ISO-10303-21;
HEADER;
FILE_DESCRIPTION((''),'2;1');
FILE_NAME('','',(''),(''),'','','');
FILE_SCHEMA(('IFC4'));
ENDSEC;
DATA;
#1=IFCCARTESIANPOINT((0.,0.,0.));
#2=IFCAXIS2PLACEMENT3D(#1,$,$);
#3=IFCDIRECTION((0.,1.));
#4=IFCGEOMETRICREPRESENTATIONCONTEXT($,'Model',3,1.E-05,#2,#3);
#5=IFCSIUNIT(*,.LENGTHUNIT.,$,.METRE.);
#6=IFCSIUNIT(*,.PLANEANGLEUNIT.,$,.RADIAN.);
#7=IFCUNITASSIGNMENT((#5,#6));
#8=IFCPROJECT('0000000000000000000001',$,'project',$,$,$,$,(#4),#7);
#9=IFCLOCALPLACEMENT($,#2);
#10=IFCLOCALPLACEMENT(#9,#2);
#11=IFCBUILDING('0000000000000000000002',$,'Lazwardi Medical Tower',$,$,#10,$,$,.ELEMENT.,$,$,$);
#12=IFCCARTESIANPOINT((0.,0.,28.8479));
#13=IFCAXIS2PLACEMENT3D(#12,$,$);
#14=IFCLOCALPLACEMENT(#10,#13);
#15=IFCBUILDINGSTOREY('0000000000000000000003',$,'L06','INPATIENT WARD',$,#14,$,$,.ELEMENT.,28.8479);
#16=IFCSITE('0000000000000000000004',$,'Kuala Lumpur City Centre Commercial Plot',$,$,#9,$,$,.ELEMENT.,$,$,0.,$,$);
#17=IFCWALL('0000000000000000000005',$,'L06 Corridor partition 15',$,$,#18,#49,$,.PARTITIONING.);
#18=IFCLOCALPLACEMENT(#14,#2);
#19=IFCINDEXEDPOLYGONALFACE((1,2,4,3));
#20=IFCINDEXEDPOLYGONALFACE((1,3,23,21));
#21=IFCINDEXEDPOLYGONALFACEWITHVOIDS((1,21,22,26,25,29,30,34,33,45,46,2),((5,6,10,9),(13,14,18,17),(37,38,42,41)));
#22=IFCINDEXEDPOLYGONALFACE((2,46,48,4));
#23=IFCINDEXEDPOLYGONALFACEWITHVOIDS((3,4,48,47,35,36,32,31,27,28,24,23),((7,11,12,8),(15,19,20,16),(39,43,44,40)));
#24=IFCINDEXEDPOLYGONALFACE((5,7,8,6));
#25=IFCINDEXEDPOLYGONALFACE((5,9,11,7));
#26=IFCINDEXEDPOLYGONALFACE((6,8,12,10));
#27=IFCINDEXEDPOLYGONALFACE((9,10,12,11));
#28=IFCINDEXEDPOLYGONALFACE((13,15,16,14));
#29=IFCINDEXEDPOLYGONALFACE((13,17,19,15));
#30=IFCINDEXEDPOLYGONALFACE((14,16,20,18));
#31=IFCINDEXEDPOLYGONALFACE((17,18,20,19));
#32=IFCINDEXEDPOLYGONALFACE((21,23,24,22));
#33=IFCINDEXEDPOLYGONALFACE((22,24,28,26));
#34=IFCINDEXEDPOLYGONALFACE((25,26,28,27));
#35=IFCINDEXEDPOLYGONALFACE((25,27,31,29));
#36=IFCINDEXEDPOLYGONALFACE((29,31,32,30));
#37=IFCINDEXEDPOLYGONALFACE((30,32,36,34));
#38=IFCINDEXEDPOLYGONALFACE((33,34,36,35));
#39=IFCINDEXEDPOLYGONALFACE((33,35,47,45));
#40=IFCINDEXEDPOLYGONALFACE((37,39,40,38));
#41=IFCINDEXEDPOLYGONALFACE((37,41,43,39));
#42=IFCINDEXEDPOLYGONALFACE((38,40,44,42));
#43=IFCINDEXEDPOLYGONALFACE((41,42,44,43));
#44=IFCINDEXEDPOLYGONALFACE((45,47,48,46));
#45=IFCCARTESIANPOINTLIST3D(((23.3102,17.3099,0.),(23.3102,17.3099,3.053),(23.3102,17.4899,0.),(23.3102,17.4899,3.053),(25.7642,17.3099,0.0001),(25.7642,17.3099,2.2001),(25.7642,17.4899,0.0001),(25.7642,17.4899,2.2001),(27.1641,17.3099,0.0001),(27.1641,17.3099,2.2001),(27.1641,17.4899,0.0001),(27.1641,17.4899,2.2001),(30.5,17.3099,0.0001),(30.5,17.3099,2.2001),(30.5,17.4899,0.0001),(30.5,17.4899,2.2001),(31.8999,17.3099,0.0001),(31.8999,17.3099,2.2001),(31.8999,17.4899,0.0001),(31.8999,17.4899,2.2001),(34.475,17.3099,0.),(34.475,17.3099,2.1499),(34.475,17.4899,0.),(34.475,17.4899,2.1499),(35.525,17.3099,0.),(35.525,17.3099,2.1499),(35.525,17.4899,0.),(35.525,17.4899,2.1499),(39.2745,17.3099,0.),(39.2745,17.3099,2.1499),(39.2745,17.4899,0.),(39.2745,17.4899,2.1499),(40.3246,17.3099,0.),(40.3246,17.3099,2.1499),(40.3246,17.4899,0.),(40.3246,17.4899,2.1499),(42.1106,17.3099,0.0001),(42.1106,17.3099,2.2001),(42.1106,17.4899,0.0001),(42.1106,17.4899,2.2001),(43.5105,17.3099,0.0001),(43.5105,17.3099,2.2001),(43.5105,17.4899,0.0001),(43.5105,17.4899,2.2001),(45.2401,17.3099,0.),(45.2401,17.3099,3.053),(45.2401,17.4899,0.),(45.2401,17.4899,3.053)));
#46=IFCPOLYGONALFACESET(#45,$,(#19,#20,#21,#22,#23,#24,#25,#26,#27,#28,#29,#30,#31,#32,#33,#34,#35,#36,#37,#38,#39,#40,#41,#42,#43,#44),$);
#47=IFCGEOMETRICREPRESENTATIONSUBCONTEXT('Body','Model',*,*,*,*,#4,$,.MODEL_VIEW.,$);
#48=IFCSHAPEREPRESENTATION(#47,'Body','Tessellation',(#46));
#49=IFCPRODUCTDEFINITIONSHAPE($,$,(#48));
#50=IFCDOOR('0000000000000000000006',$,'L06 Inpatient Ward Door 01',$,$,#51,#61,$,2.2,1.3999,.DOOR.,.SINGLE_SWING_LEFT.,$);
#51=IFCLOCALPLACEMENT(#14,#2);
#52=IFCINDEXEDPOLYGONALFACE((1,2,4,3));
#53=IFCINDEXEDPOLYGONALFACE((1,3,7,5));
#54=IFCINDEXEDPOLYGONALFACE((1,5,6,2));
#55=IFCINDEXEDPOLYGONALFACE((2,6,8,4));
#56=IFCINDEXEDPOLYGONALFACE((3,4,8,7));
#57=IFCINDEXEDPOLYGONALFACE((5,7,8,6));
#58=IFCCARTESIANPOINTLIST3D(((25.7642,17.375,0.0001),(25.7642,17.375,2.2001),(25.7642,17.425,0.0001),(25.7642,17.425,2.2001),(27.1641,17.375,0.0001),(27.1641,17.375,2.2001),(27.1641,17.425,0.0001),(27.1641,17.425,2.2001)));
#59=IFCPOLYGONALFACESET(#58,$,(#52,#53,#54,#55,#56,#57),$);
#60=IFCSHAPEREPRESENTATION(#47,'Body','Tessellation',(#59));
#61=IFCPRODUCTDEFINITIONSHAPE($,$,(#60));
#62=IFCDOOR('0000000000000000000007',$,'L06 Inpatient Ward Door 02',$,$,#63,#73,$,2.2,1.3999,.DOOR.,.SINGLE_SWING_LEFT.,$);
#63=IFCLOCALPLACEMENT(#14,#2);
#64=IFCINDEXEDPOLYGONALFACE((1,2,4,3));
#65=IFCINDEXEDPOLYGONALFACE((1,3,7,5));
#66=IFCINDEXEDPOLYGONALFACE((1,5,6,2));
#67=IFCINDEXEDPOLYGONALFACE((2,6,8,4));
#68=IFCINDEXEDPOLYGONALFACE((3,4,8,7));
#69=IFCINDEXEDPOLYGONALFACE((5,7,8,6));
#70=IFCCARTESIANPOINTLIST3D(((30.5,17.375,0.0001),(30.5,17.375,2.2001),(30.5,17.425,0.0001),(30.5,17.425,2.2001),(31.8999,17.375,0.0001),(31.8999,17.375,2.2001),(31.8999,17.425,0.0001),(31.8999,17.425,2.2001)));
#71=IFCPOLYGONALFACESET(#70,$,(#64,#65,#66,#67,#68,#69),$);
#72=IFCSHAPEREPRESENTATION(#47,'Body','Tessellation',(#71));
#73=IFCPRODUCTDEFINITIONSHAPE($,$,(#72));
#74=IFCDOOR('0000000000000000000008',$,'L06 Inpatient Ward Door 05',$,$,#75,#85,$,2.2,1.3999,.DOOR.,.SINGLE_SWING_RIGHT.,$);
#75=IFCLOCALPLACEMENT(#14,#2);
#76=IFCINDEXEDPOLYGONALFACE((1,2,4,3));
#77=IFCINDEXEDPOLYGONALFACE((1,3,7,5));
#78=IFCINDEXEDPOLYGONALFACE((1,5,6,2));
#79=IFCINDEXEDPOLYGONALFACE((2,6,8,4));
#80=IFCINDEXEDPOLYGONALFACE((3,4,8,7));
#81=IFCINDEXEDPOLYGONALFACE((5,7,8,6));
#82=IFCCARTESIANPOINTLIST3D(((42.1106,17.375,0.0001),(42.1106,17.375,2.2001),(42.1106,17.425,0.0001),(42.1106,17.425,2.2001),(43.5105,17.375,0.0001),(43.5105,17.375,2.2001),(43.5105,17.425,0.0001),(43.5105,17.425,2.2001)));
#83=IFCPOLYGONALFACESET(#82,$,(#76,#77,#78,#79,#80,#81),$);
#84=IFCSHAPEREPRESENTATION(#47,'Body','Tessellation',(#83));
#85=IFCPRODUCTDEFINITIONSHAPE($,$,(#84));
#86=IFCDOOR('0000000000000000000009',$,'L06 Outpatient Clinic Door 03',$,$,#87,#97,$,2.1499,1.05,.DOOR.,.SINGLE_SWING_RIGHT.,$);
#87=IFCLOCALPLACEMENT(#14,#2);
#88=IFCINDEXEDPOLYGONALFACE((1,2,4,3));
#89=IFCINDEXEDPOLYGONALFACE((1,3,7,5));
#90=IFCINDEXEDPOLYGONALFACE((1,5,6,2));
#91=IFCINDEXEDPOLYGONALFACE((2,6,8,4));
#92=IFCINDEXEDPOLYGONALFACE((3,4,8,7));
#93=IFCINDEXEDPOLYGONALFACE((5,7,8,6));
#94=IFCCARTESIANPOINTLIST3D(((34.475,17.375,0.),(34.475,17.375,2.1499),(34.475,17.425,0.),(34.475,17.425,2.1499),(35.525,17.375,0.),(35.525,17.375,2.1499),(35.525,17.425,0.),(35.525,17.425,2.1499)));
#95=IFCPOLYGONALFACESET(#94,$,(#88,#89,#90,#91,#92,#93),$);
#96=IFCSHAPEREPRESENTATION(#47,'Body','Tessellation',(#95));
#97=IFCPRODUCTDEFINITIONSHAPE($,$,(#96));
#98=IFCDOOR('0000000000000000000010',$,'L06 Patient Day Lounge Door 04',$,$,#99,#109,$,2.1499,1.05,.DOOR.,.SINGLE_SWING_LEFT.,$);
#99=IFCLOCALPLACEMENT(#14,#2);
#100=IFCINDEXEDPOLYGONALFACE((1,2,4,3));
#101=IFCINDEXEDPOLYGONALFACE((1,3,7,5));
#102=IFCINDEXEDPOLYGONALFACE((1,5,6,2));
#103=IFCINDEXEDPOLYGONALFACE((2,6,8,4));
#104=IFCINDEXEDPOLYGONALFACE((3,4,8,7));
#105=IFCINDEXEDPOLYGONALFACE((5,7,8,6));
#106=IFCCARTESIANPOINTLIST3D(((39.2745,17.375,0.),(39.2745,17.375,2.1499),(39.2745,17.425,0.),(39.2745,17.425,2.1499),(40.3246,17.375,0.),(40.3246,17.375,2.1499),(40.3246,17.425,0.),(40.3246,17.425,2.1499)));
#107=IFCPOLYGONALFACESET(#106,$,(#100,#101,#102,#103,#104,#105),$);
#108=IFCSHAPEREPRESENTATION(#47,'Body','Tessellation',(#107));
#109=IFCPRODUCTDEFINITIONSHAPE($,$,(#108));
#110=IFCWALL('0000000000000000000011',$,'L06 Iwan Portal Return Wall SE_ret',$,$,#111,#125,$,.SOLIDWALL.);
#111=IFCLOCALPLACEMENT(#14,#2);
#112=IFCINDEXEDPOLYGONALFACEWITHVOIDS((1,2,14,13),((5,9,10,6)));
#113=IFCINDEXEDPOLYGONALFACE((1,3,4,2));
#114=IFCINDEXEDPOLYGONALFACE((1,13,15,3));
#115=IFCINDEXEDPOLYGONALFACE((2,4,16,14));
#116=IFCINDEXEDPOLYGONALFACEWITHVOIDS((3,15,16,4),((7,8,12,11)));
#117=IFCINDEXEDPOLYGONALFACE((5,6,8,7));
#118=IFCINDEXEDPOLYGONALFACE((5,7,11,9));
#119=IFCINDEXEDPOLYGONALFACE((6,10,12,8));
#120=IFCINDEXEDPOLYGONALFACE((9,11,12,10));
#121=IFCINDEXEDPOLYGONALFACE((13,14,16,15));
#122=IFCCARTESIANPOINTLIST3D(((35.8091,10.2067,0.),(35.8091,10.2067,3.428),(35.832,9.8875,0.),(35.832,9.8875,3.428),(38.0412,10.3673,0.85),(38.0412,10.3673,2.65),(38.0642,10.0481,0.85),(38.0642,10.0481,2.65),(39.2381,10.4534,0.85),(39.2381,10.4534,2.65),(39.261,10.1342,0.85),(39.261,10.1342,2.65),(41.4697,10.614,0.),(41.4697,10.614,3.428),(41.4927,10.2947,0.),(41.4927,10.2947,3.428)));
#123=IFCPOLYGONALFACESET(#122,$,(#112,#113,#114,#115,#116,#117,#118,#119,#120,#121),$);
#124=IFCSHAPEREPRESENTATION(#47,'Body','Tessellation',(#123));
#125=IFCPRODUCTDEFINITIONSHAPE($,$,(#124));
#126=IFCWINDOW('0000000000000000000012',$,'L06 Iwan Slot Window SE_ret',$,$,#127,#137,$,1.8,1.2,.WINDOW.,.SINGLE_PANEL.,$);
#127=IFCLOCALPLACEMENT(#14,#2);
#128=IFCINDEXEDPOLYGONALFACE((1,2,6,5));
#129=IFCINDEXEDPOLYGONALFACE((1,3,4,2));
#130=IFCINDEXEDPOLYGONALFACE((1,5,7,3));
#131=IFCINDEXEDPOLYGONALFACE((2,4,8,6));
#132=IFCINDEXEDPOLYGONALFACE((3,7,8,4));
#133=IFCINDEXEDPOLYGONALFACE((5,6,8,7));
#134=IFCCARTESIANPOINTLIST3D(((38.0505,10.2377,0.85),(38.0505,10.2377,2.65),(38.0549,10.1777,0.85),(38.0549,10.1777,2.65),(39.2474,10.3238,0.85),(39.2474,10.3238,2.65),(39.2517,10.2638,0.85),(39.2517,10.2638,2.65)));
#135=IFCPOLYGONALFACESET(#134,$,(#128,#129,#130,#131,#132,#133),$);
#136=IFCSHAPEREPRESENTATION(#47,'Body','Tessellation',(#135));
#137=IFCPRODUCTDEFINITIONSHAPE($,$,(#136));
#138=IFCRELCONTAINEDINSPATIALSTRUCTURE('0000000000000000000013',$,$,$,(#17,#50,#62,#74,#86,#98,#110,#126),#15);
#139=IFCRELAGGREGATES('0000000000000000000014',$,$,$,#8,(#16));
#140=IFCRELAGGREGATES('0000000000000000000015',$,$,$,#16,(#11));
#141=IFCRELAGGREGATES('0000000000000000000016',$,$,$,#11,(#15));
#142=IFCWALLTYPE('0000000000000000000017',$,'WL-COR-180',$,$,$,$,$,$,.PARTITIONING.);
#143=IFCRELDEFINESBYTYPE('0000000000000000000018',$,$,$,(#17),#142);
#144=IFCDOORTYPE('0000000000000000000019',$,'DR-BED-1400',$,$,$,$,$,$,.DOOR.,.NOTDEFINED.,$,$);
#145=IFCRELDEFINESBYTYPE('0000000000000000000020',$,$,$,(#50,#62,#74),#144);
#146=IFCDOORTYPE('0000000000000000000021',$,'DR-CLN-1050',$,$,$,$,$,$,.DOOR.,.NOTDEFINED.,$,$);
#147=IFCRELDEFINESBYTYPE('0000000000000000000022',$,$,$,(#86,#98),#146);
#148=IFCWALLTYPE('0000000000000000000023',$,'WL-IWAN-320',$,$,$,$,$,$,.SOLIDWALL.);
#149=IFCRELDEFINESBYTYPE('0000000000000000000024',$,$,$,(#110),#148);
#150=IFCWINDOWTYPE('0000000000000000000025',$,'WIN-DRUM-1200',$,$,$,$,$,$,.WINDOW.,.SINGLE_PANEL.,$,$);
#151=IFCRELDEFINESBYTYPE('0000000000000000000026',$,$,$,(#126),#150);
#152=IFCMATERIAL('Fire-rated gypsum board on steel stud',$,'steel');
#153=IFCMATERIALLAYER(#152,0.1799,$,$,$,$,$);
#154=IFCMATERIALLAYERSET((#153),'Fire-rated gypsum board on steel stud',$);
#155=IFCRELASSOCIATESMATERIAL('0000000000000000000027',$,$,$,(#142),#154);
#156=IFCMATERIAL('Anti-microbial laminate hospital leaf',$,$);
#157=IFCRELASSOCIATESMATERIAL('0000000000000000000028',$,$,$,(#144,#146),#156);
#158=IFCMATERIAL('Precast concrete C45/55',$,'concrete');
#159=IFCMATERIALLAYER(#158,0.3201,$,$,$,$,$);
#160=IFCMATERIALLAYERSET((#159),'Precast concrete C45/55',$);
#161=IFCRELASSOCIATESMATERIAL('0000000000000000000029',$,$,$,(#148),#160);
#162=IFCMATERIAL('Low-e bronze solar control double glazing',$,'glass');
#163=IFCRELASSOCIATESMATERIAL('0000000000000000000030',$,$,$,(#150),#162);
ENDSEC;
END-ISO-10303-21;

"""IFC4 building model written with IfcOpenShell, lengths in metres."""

from ifc_helpers import new_model, si_unit, direction, frame, frame_2d, origin, place, context, subcontext, project, spatial, rectangle, extrude, material, layer, layer_set, type_object, element, fill, save


model = new_model("IFC4")

# Units and contexts
model_context = context("Model", 3, precision=1e-05, world=origin(), true_north=direction((0.0, 1.0)))
body_context = subcontext(model_context, "Body", "Model", "MODEL_VIEW")
ifc_project = project(units=[si_unit("LENGTHUNIT", "METRE"), si_unit("PLANEANGLEUNIT", "RADIAN")], contexts=[model_context])

# Site, building, storey
site_placement = place(None, origin())
site = spatial("IfcSite", under=ifc_project, at=site_placement, Name="Kuala Lumpur City Centre Commercial Plot", CompositionType="ELEMENT", RefElevation=0.0)
building_placement = place(site_placement, origin())
building = spatial("IfcBuilding", under=site, at=building_placement, Name="Lazwardi Medical Tower", CompositionType="ELEMENT")
storey_placement = place(building_placement, frame((0.0, 0.0, 28.8479)))
storey = spatial("IfcBuildingStorey", under=building, at=storey_placement, Name="L06", Description="INPATIENT WARD", CompositionType="ELEMENT", Elevation=28.8479)

# Shared definitions
ifc_material_1 = material(Name="Low-e bronze solar control double glazing", Category="glass")

# Wall, openings, doors
ifc_material_2 = material(Name="Fire-rated gypsum board on steel stud", Category="steel")
ifc_layer_1 = layer(ifc_material_2, 0.1799)
ifc_layer_set_1 = layer_set([ifc_layer_1], Name="Fire-rated gypsum board on steel stud")
wall_type_1 = type_object("IfcWallType", Name="WL-COR-180", PredefinedType="PARTITIONING", material=ifc_layer_set_1)
wall_1_placement = place(storey_placement, frame((45.24, 17.3999, 0.0), z_axis=(0.0, 0.0, 1.0), x_axis=(-1.0, 0.0, 0.0)))
wall_1 = element("IfcWall", 1, at=wall_1_placement, inside=storey, type_object=wall_type_1, Name="L06 Corridor partition 15", PredefinedType="PARTITIONING", context=body_context, shape_type="SweptSolid", body=[
    extrude(rectangle(XDim=21.9299, YDim=0.1799, at=frame_2d((10.9648, 0.0))), origin(), (0.0, 0.0, 1.0), 3.053),
])
opening_1_placement = place(wall_1_placement, frame((18.0759, 0.0, 0.0)))
opening_1 = element("IfcOpeningElement", 2, at=opening_1_placement, cuts=wall_1, PredefinedType="OPENING", context=body_context, shape_type="SweptSolid", body=[
    extrude(rectangle(XDim=1.3999, YDim=2.2, at=frame_2d((0.7, 1.1001))), frame((0.0, 0.0999, 0.0), z_axis=(0.0, -1.0, 0.0), x_axis=(1.0, 0.0, 0.0)), (0.0, 0.0, 1.0), 0.2),
])
opening_2_placement = place(wall_1_placement, frame((13.3401, 0.0, 0.0)))
opening_2 = element("IfcOpeningElement", 3, at=opening_2_placement, cuts=wall_1, PredefinedType="OPENING", context=body_context, shape_type="SweptSolid", body=[
    extrude(rectangle(XDim=1.3999, YDim=2.2, at=frame_2d((0.7, 1.1001))), frame((0.0, 0.0999, 0.0), z_axis=(0.0, -1.0, 0.0), x_axis=(1.0, 0.0, 0.0)), (0.0, 0.0, 1.0), 0.2),
])
opening_3_placement = place(wall_1_placement, frame((9.7151, 0.0, 0.0)))
opening_3 = element("IfcOpeningElement", 4, at=opening_3_placement, cuts=wall_1, PredefinedType="OPENING", context=body_context, shape_type="SweptSolid", body=[
    extrude(rectangle(XDim=1.05, YDim=2.1499, at=frame_2d((0.5249, 1.075))), frame((0.0, 0.0999, 0.0), z_axis=(0.0, -1.0, 0.0), x_axis=(1.0, 0.0, 0.0)), (0.0, 0.0, 1.0), 0.2),
])
opening_4_placement = place(wall_1_placement, frame((4.9155, 0.0, 0.0)))
opening_4 = element("IfcOpeningElement", 5, at=opening_4_placement, cuts=wall_1, PredefinedType="OPENING", context=body_context, shape_type="SweptSolid", body=[
    extrude(rectangle(XDim=1.05, YDim=2.1499, at=frame_2d((0.5249, 1.075))), frame((0.0, 0.0999, 0.0), z_axis=(0.0, -1.0, 0.0), x_axis=(1.0, 0.0, 0.0)), (0.0, 0.0, 1.0), 0.2),
])
opening_5_placement = place(wall_1_placement, frame((1.7295, 0.0, 0.0)))
opening_5 = element("IfcOpeningElement", 6, at=opening_5_placement, cuts=wall_1, PredefinedType="OPENING", context=body_context, shape_type="SweptSolid", body=[
    extrude(rectangle(XDim=1.3999, YDim=2.2, at=frame_2d((0.7, 1.1001))), frame((0.0, 0.0999, 0.0), z_axis=(0.0, -1.0, 0.0), x_axis=(1.0, 0.0, 0.0)), (0.0, 0.0, 1.0), 0.2),
])
ifc_material_3 = material(Name="Anti-microbial laminate hospital leaf")
door_type_1 = type_object("IfcDoorType", Name="DR-BED-1400", OperationType="NOTDEFINED", PredefinedType="DOOR", material=ifc_material_3)
door_1_placement = place(opening_1_placement, origin())
door_1 = element("IfcDoor", 7, at=door_1_placement, inside=storey, type_object=door_type_1, Name="L06 Inpatient Ward Door 01", OperationType="SINGLE_SWING_LEFT", OverallHeight=2.2, OverallWidth=1.3999, PredefinedType="DOOR", context=body_context, shape_type="SweptSolid", body=[
    extrude(rectangle(XDim=1.3999, YDim=2.2, at=frame_2d((0.7, 1.1001))), frame((0.0, 0.0249, 0.0), z_axis=(0.0, -1.0, 0.0), x_axis=(1.0, 0.0, 0.0)), (0.0, 0.0, 1.0), 0.05),
])
fill(opening_1, door_1)
door_2_placement = place(opening_2_placement, origin())
door_2 = element("IfcDoor", 8, at=door_2_placement, inside=storey, type_object=door_type_1, Name="L06 Inpatient Ward Door 02", OperationType="SINGLE_SWING_LEFT", OverallHeight=2.2, OverallWidth=1.3999, PredefinedType="DOOR", context=body_context, shape_type="SweptSolid", body=[
    extrude(rectangle(XDim=1.3999, YDim=2.2, at=frame_2d((0.7, 1.1001))), frame((0.0, 0.0249, 0.0), z_axis=(0.0, -1.0, 0.0), x_axis=(1.0, 0.0, 0.0)), (0.0, 0.0, 1.0), 0.05),
])
fill(opening_2, door_2)
door_3_placement = place(opening_5_placement, origin())
door_3 = element("IfcDoor", 9, at=door_3_placement, inside=storey, type_object=door_type_1, Name="L06 Inpatient Ward Door 05", OperationType="SINGLE_SWING_RIGHT", OverallHeight=2.2, OverallWidth=1.3999, PredefinedType="DOOR", context=body_context, shape_type="SweptSolid", body=[
    extrude(rectangle(XDim=1.3999, YDim=2.2, at=frame_2d((0.7, 1.1001))), frame((0.0, 0.0249, 0.0), z_axis=(0.0, -1.0, 0.0), x_axis=(1.0, 0.0, 0.0)), (0.0, 0.0, 1.0), 0.05),
])
fill(opening_5, door_3)
door_type_2 = type_object("IfcDoorType", Name="DR-CLN-1050", OperationType="NOTDEFINED", PredefinedType="DOOR", material=ifc_material_3)
door_4_placement = place(opening_3_placement, origin())
door_4 = element("IfcDoor", 10, at=door_4_placement, inside=storey, type_object=door_type_2, Name="L06 Outpatient Clinic Door 03", OperationType="SINGLE_SWING_RIGHT", OverallHeight=2.1499, OverallWidth=1.05, PredefinedType="DOOR", context=body_context, shape_type="SweptSolid", body=[
    extrude(rectangle(XDim=1.05, YDim=2.1499, at=frame_2d((0.5249, 1.075))), frame((0.0, 0.0249, 0.0), z_axis=(0.0, -1.0, 0.0), x_axis=(1.0, 0.0, 0.0)), (0.0, 0.0, 1.0), 0.05),
])
fill(opening_3, door_4)
door_5_placement = place(opening_4_placement, origin())
door_5 = element("IfcDoor", 11, at=door_5_placement, inside=storey, type_object=door_type_2, Name="L06 Patient Day Lounge Door 04", OperationType="SINGLE_SWING_LEFT", OverallHeight=2.1499, OverallWidth=1.05, PredefinedType="DOOR", context=body_context, shape_type="SweptSolid", body=[
    extrude(rectangle(XDim=1.05, YDim=2.1499, at=frame_2d((0.5249, 1.075))), frame((0.0, 0.0249, 0.0), z_axis=(0.0, -1.0, 0.0), x_axis=(1.0, 0.0, 0.0)), (0.0, 0.0, 1.0), 0.05),
])
fill(opening_4, door_5)

# Wall, opening, window
ifc_material_4 = material(Name="Precast concrete C45/55", Category="concrete")
ifc_layer_2 = layer(ifc_material_4, 0.3201)
ifc_layer_set_2 = layer_set([ifc_layer_2], Name="Precast concrete C45/55")
wall_type_2 = type_object("IfcWallType", Name="WL-IWAN-320", PredefinedType="SOLIDWALL", material=ifc_layer_set_2)
wall_2_placement = place(storey_placement, frame((35.8206, 10.0471, 0.0), z_axis=(0.0, 0.0, 1.0), x_axis=(0.997422, 0.071755, 0.0)))
wall_2 = element("IfcWall", 12, at=wall_2_placement, inside=storey, type_object=wall_type_2, Name="L06 Iwan Portal Return Wall SE_ret", PredefinedType="SOLIDWALL", context=body_context, shape_type="SweptSolid", body=[
    extrude(rectangle(XDim=5.6753, YDim=0.3201, at=frame_2d((2.8376, 0.0))), origin(), (0.0, 0.0, 1.0), 3.428),
])
opening_6_placement = place(wall_2_placement, frame((2.2378, 0.0, 0.8501)))
opening_6 = element("IfcOpeningElement", 13, at=opening_6_placement, cuts=wall_2, PredefinedType="OPENING", context=body_context, shape_type="SweptSolid", body=[
    extrude(rectangle(XDim=1.2, YDim=1.8, at=frame_2d((0.6001, 0.8999))), frame((0.0, 0.1699, 0.0), z_axis=(0.0, -1.0, 0.0), x_axis=(1.0, 0.0, 0.0)), (0.0, 0.0, 1.0), 0.3401),
])
window_type_1 = type_object("IfcWindowType", Name="WIN-DRUM-1200", PartitioningType="SINGLE_PANEL", PredefinedType="WINDOW", material=ifc_material_1)
window_1_placement = place(opening_6_placement, origin())
window_1 = element("IfcWindow", 14, at=window_1_placement, inside=storey, type_object=window_type_1, Name="L06 Iwan Slot Window SE_ret", OverallHeight=1.8, OverallWidth=1.2, PartitioningType="SINGLE_PANEL", PredefinedType="WINDOW", context=body_context, shape_type="SweptSolid", body=[
    extrude(rectangle(XDim=1.2, YDim=1.8, at=frame_2d((0.6001, 0.8999))), frame((0.0, 0.03, 0.0), z_axis=(0.0, -1.0, 0.0), x_axis=(1.0, 0.0, 0.0)), (0.0, 0.0, 1.0), 0.0601),
])
fill(opening_6, window_1)

save(model, "model.ifc")
